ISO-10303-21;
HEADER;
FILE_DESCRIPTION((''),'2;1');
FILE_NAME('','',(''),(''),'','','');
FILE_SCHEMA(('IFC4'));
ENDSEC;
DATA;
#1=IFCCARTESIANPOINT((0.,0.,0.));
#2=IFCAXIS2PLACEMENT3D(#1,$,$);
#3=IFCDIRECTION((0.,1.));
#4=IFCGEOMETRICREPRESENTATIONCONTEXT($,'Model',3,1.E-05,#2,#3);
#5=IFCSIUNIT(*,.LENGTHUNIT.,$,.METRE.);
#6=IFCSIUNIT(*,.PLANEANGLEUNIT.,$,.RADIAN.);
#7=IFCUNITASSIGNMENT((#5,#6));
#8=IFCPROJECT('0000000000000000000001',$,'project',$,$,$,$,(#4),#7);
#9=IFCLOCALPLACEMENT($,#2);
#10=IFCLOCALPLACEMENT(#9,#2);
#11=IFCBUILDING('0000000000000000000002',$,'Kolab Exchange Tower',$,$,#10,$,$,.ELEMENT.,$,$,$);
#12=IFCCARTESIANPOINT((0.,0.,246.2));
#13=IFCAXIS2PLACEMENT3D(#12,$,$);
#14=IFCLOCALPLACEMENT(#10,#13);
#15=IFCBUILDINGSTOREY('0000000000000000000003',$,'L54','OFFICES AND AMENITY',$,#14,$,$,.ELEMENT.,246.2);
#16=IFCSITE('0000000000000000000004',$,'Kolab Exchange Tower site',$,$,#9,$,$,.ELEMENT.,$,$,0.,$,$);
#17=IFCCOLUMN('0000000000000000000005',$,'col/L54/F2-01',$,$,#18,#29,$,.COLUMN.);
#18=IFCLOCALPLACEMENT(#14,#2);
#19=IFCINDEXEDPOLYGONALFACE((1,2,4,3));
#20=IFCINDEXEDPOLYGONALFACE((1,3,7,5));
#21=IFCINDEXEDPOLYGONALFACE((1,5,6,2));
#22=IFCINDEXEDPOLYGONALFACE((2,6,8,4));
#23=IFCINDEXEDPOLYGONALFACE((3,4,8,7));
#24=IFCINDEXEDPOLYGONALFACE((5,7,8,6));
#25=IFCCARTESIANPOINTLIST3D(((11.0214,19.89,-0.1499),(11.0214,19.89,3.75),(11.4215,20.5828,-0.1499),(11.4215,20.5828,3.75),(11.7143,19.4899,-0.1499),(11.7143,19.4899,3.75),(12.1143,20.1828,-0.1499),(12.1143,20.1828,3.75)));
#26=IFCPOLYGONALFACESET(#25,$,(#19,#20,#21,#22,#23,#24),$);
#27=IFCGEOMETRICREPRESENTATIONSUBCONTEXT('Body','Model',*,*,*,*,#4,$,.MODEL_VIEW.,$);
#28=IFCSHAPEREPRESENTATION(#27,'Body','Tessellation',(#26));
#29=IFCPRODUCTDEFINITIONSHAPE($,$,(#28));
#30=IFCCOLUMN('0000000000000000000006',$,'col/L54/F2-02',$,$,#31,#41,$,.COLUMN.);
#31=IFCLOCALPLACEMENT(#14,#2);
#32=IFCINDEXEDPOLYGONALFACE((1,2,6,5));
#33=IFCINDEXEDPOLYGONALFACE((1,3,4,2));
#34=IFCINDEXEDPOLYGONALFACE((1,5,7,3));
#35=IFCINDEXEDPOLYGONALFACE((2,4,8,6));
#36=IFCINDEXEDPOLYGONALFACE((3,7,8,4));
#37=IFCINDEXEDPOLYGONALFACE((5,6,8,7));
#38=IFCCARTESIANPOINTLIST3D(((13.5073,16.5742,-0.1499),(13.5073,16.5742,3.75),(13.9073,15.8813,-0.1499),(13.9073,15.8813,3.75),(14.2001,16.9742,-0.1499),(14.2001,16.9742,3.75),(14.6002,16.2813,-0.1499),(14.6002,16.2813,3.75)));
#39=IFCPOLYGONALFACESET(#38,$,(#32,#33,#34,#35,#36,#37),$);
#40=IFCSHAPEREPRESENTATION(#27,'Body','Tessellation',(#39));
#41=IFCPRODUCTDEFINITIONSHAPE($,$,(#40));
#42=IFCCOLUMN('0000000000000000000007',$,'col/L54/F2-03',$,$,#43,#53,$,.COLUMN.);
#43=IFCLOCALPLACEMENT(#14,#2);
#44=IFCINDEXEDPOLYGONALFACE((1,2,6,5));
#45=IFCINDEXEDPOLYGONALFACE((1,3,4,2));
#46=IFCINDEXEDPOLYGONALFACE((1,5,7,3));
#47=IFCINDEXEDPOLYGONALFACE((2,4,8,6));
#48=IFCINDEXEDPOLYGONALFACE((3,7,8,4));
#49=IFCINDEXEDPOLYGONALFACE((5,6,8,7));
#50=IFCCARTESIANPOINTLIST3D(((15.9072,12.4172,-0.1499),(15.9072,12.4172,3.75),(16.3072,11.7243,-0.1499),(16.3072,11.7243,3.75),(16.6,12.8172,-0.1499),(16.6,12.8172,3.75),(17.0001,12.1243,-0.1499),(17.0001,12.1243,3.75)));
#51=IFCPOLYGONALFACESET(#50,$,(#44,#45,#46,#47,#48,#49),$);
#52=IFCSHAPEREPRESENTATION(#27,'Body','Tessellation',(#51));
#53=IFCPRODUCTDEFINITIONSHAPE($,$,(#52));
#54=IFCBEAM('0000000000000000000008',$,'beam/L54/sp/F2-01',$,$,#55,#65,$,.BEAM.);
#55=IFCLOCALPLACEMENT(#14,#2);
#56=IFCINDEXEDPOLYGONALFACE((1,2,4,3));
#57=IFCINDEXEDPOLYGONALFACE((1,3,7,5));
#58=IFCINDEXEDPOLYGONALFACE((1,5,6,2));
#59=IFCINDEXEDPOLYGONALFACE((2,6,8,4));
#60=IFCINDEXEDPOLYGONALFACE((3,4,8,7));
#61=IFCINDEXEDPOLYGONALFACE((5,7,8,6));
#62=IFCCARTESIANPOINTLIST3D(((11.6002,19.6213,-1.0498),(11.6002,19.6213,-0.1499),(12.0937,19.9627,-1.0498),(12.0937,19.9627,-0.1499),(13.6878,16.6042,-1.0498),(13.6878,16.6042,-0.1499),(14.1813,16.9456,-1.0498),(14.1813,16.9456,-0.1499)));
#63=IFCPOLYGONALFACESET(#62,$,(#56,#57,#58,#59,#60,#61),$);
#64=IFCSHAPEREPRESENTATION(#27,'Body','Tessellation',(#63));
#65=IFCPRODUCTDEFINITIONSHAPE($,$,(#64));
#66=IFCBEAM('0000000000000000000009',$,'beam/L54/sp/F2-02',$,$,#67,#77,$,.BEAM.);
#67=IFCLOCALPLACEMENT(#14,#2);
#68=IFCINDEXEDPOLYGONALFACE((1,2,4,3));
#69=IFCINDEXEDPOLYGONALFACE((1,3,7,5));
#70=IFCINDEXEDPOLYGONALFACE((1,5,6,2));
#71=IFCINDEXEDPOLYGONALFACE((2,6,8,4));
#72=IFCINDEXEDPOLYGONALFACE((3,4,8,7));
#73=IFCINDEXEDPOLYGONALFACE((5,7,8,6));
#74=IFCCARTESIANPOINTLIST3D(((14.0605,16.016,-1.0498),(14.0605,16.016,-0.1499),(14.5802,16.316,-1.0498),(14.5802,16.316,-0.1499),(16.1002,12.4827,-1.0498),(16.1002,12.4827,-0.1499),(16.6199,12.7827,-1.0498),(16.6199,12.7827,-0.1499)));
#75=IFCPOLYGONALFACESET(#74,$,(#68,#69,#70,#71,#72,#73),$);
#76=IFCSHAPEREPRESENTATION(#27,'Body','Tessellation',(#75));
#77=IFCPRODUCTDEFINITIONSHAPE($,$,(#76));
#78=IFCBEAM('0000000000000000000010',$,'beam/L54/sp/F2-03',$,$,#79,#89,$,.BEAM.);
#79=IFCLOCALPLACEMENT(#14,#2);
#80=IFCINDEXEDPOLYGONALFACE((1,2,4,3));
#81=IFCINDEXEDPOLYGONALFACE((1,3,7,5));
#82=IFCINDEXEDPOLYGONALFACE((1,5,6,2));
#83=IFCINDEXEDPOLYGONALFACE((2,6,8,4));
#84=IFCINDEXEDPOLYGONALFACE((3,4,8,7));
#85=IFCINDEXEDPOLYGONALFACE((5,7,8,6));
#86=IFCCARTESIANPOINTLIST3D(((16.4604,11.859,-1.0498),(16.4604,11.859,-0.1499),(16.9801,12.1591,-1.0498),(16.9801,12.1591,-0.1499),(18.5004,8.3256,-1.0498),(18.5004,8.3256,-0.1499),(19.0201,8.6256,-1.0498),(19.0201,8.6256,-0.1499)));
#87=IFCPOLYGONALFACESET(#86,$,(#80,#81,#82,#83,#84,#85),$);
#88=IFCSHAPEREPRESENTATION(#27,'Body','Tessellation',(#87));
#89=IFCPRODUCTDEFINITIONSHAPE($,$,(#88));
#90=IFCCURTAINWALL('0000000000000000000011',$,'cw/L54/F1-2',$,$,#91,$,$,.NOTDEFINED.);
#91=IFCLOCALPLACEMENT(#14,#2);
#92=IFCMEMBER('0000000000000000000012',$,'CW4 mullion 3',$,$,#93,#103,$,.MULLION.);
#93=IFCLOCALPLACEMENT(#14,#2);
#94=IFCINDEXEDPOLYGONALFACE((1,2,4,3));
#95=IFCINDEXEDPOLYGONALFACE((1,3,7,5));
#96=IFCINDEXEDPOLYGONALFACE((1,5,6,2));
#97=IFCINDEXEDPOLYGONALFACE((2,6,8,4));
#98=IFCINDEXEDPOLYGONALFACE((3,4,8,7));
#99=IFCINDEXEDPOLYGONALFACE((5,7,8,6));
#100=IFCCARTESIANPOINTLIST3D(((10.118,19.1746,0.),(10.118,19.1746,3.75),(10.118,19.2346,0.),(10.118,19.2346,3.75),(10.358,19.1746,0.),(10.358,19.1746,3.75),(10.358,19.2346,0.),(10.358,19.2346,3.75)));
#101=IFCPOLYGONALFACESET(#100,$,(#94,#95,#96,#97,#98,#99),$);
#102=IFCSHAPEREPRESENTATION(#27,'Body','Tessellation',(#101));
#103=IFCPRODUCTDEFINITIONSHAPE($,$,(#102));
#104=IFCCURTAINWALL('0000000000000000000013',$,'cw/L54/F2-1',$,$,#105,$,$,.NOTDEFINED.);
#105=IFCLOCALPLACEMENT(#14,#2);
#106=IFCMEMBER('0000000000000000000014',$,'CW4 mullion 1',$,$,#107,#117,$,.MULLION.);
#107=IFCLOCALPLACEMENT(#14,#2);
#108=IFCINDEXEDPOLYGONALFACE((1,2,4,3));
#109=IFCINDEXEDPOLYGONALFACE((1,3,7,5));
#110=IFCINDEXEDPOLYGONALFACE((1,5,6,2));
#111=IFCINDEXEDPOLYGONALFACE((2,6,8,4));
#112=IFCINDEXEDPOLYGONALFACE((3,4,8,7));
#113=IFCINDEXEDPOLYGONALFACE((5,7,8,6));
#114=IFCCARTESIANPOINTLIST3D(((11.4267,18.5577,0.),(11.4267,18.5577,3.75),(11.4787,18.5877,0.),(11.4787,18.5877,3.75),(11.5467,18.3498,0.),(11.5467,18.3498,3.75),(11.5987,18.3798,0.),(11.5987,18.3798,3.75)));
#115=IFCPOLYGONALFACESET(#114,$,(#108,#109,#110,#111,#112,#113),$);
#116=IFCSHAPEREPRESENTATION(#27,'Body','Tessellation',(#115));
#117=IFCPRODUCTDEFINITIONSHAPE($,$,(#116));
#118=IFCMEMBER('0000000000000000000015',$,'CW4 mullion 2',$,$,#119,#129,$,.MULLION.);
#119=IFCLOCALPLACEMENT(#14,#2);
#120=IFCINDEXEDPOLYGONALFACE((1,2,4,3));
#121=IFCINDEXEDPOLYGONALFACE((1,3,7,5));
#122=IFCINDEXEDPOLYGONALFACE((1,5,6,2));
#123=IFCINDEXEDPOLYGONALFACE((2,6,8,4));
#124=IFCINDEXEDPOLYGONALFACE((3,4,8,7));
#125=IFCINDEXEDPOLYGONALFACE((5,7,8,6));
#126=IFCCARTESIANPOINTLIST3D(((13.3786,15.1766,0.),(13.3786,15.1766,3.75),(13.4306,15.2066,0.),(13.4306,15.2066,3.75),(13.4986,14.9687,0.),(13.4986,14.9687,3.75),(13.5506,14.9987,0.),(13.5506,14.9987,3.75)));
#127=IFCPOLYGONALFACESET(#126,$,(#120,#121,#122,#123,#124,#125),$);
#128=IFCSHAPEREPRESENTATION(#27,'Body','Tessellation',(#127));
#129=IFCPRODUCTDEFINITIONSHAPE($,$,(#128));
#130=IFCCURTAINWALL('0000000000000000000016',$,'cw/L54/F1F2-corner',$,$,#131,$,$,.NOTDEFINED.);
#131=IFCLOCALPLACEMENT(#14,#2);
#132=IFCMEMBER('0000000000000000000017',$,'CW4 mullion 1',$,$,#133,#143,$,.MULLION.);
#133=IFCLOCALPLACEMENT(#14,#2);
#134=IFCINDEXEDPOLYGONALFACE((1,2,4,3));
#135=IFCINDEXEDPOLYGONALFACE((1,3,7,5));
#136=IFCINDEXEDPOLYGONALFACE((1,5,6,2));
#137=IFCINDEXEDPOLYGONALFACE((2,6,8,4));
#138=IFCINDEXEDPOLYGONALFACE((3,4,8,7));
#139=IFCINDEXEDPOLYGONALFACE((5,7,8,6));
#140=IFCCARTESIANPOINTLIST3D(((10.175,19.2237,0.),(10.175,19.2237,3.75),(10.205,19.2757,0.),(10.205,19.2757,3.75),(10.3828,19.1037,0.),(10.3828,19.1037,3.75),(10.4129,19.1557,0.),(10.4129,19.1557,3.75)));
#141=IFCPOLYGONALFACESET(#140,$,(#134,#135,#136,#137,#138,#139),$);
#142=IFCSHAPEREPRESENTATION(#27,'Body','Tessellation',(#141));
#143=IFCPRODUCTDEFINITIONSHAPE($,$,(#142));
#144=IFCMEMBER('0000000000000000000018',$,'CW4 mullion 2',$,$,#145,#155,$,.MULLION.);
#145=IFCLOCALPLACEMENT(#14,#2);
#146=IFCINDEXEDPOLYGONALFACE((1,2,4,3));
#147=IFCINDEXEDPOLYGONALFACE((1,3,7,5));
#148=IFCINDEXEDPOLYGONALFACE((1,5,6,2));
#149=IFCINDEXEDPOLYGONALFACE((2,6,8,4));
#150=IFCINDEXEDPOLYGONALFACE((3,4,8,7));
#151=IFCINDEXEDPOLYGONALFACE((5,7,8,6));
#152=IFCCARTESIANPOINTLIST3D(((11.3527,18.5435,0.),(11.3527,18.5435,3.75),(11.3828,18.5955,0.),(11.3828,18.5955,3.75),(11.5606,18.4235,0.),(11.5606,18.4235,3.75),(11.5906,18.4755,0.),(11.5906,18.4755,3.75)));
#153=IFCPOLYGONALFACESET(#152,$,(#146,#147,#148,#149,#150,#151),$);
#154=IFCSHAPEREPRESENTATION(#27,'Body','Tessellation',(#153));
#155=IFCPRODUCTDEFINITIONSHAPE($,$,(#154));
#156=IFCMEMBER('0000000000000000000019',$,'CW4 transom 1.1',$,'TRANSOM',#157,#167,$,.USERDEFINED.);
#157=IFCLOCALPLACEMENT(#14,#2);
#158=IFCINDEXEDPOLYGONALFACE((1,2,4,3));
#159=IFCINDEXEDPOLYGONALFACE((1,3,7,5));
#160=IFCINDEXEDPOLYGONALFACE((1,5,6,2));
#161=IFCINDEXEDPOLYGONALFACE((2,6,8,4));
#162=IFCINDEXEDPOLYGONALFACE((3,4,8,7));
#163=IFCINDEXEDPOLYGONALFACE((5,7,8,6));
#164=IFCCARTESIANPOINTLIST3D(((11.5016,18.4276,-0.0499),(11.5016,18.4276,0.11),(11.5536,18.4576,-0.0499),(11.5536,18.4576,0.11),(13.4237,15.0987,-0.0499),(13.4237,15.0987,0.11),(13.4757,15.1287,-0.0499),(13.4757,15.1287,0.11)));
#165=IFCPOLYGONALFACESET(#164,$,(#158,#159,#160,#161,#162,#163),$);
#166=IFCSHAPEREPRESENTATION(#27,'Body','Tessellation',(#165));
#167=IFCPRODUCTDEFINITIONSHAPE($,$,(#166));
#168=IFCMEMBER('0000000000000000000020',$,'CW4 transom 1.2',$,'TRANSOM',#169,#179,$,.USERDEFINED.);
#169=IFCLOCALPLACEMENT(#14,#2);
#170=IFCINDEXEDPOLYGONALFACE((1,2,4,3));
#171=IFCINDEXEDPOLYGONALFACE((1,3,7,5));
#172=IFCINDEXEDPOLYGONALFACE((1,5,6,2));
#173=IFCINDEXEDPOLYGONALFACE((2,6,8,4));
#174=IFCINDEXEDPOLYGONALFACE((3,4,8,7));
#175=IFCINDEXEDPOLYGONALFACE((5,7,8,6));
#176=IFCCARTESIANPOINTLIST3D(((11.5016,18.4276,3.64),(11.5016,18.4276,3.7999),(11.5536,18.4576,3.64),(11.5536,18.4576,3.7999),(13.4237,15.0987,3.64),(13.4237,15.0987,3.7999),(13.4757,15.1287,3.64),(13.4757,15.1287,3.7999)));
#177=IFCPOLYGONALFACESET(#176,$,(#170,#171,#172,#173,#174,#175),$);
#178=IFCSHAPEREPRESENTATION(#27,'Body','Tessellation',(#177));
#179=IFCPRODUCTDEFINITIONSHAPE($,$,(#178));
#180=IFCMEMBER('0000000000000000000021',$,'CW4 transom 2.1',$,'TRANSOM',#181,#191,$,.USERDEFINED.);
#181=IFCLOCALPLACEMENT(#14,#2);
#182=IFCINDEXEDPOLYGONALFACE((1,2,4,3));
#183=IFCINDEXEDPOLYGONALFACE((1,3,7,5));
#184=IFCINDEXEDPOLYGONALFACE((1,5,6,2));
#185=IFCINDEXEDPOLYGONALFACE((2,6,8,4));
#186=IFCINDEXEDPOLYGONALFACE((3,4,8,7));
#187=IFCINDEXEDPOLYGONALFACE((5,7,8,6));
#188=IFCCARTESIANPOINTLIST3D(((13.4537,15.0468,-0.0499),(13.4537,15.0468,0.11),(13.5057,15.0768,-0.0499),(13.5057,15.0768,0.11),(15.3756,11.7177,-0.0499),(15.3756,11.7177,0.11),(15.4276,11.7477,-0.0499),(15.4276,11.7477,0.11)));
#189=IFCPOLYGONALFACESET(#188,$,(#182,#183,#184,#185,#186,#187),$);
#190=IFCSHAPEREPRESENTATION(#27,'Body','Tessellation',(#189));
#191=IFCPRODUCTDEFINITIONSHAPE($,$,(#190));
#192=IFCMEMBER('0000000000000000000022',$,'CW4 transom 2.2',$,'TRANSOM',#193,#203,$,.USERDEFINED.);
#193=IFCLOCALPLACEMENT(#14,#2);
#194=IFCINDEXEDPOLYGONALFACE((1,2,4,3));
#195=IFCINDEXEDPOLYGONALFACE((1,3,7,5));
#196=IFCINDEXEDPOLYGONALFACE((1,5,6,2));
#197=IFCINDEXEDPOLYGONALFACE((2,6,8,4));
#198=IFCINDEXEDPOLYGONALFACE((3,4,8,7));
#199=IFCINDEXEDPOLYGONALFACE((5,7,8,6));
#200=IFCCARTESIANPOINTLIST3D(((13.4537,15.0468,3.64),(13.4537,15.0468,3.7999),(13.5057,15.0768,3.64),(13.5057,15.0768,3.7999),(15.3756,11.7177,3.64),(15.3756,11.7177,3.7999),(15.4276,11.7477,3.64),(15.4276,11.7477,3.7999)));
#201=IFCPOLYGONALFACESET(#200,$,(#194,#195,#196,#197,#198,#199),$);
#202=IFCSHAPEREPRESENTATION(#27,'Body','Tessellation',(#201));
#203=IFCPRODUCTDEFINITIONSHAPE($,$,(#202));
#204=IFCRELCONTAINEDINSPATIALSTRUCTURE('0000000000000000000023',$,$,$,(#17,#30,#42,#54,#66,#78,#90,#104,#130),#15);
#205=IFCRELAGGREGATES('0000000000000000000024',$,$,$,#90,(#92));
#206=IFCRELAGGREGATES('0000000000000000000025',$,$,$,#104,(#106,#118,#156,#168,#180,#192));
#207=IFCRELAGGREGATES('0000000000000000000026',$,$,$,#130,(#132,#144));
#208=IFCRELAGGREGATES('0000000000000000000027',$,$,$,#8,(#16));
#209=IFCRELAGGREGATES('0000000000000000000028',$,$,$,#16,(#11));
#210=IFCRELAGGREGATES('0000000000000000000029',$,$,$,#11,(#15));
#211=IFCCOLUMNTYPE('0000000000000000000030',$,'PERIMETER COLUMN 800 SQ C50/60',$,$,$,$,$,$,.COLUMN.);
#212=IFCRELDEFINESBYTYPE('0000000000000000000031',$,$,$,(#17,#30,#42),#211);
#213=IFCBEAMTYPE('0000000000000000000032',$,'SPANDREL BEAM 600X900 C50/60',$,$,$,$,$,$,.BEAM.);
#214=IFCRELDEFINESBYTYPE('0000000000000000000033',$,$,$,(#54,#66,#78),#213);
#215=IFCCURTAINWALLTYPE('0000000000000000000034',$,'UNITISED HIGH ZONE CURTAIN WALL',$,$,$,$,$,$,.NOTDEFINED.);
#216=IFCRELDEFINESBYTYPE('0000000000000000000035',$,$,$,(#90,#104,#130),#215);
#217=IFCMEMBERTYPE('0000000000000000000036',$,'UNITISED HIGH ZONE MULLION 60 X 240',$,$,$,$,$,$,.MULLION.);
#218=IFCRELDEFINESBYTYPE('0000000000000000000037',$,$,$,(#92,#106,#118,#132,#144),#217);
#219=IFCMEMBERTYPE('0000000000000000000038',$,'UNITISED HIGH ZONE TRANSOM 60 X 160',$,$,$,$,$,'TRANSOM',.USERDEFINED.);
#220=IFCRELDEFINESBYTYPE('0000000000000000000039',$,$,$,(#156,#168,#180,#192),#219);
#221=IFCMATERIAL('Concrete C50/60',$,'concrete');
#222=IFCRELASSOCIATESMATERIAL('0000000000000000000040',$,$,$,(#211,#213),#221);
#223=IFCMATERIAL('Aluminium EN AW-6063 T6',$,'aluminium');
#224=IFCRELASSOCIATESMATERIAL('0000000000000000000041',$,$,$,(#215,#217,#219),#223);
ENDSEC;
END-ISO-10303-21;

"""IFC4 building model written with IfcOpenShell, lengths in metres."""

from ifc_helpers import new_model, si_unit, direction, frame, origin, origin_2d, place, context, subcontext, project, spatial, rectangle, extrude, material, material_profile, profile_set, type_object, element, aggregate, save


model = new_model("IFC4")

# Units and contexts
model_context = context("Model", 3, precision=1e-05, world=origin(), true_north=direction((0.0, 1.0)))
body_context = subcontext(model_context, "Body", "Model", "MODEL_VIEW")
ifc_project = project(units=[si_unit("LENGTHUNIT", "METRE"), si_unit("PLANEANGLEUNIT", "RADIAN")], contexts=[model_context])

# Site, building, storey
site_placement = place(None, origin())
site = spatial("IfcSite", under=ifc_project, at=site_placement, Name="Kolab Exchange Tower site", CompositionType="ELEMENT", RefElevation=0.0)
building_placement = place(site_placement, origin())
building = spatial("IfcBuilding", under=site, at=building_placement, Name="Kolab Exchange Tower", CompositionType="ELEMENT")
storey_placement = place(building_placement, frame((0.0, 0.0, 246.2)))
storey = spatial("IfcBuildingStorey", under=building, at=storey_placement, Name="L54", Description="OFFICES AND AMENITY", CompositionType="ELEMENT", Elevation=246.2)

# Columns
ifc_material_1 = material(Name="Concrete C50/60", Category="concrete")
ifc_material_profile_1 = material_profile(ifc_material_1, rectangle(XDim=0.8, YDim=0.8, at=origin_2d()), Name="RC800")
ifc_profile_set_1 = profile_set([ifc_material_profile_1], Name="Concrete C50/60")
column_type = type_object("IfcColumnType", Name="PERIMETER COLUMN 800 SQ C50/60", PredefinedType="COLUMN", material=ifc_profile_set_1)
for number, where, z_axis, x_axis, name in (
    (1, (11.5679, 20.0364, -0.1499), (0.0, 0.0, 1.0), (0.5, 0.866025, 0.0), "col/L54/F2-01"),
    (2, (14.0537, 16.4277, -0.1499), (0.0, 0.0, 1.0), (0.866025, 0.5, 0.0), "col/L54/F2-02"),
    (3, (16.4536, 12.2708, -0.1499), (0.0, 0.0, 1.0), (0.866025, 0.5, 0.0), "col/L54/F2-03"),
):
    element("IfcColumn", number, at=place(storey_placement, frame(where, z_axis=z_axis, x_axis=x_axis)), inside=storey, type_object=column_type, Name=name, PredefinedType="COLUMN", context=body_context, shape_type="SweptSolid", body=[
        extrude(rectangle(XDim=0.8, YDim=0.8, at=origin_2d()), origin(), (0.0, 0.0, 1.0), 3.8999),
    ])

# Beams
ifc_material_profile_2 = material_profile(ifc_material_1, rectangle(XDim=0.6001, YDim=0.8999, at=origin_2d()), Name="RC600X900")
ifc_profile_set_2 = profile_set([ifc_material_profile_2], Name="Concrete C50/60")
beam_type = type_object("IfcBeamType", Name="SPANDREL BEAM 600X900 C50/60", PredefinedType="BEAM", material=ifc_profile_set_2)
beam_1_placement = place(storey_placement, frame((11.8469, 19.792, -0.5999), z_axis=(0.569006, -0.822334, 0.0), x_axis=(0.822334, 0.569006, 0.0)))
element("IfcBeam", 4, at=beam_1_placement, inside=storey, type_object=beam_type, Name="beam/L54/sp/F2-01", PredefinedType="BEAM", context=body_context, shape_type="SweptSolid", body=[
    extrude(rectangle(XDim=0.6001, YDim=0.8999, at=origin_2d()), origin(), (0.0, 0.0, 1.0), 3.6689),
])
beam_2_placement = place(storey_placement, frame((14.3203, 16.166, -0.5999), z_axis=(0.499956, -0.866051, 0.0), x_axis=(0.866051, 0.499956, 0.0)))
element("IfcBeam", 5, at=beam_2_placement, inside=storey, type_object=beam_type, Name="beam/L54/sp/F2-02", PredefinedType="BEAM", context=body_context, shape_type="SweptSolid", body=[
    extrude(rectangle(XDim=0.6001, YDim=0.8999, at=origin_2d()), origin(), (0.0, 0.0, 1.0), 4.0798),
])
beam_3_placement = place(storey_placement, frame((16.7202, 12.009, -0.5999), z_axis=(0.5, -0.866025, 0.0), x_axis=(0.866025, 0.5, 0.0)))
element("IfcBeam", 6, at=beam_3_placement, inside=storey, type_object=beam_type, Name="beam/L54/sp/F2-03", PredefinedType="BEAM", context=body_context, shape_type="SweptSolid", body=[
    extrude(rectangle(XDim=0.6001, YDim=0.8999, at=origin_2d()), origin(), (0.0, 0.0, 1.0), 4.0801),
])

# Curtain wall, member
ifc_material_2 = material(Name="Aluminium EN AW-6063 T6", Category="aluminium")
curtain_wall_type = type_object("IfcCurtainWallType", Name="UNITISED HIGH ZONE CURTAIN WALL", PredefinedType="NOTDEFINED", material=ifc_material_2)
curtain_wall_1_placement = place(storey_placement, origin())
curtain_wall_1 = element("IfcCurtainWall", 7, at=curtain_wall_1_placement, inside=storey, type_object=curtain_wall_type, Name="cw/L54/F1-2", PredefinedType="NOTDEFINED")
ifc_material_profile_3 = material_profile(ifc_material_2, rectangle(XDim=0.0601, YDim=0.24, at=origin_2d()), Name="RECT 60X240")
ifc_profile_set_3 = profile_set([ifc_material_profile_3], Name="Aluminium EN AW-6063 T6")
member_type_1 = type_object("IfcMemberType", Name="UNITISED HIGH ZONE MULLION 60 X 240", PredefinedType="MULLION", material=ifc_profile_set_3)
member_1_placement = place(storey_placement, frame((10.238, 19.2046, 0.0), z_axis=(0.0, 0.0, 1.0), x_axis=(0.0, 1.0, 0.0)))
member_1 = element("IfcMember", 8, at=member_1_placement, type_object=member_type_1, Name="CW4 mullion 3", PredefinedType="MULLION", context=body_context, shape_type="SweptSolid", body=[
    extrude(rectangle(XDim=0.0601, YDim=0.24, at=origin_2d()), origin(), (0.0, 0.0, 1.0), 3.75),
])
aggregate(curtain_wall_1, [member_1])

# Curtain walls, members
curtain_wall_2_placement = place(storey_placement, origin())
curtain_wall_2 = element("IfcCurtainWall", 9, at=curtain_wall_2_placement, inside=storey, type_object=curtain_wall_type, Name="cw/L54/F2-1", PredefinedType="NOTDEFINED")
member_2_placement = place(storey_placement, frame((11.5127, 18.4688, 0.0), z_axis=(0.0, 0.0, 1.0), x_axis=(0.866025, 0.5, 0.0)))
member_2 = element("IfcMember", 10, at=member_2_placement, type_object=member_type_1, Name="CW4 mullion 1", PredefinedType="MULLION", context=body_context, shape_type="SweptSolid", body=[
    extrude(rectangle(XDim=0.0601, YDim=0.24, at=origin_2d()), origin(), (0.0, 0.0, 1.0), 3.75),
])
member_3_placement = place(storey_placement, frame((13.4646, 15.0876, 0.0), z_axis=(0.0, 0.0, 1.0), x_axis=(0.866025, 0.5, 0.0)))
member_3 = element("IfcMember", 11, at=member_3_placement, type_object=member_type_1, Name="CW4 mullion 2", PredefinedType="MULLION", context=body_context, shape_type="SweptSolid", body=[
    extrude(rectangle(XDim=0.0601, YDim=0.24, at=origin_2d()), origin(), (0.0, 0.0, 1.0), 3.75),
])
curtain_wall_3_placement = place(storey_placement, origin())
curtain_wall_3 = element("IfcCurtainWall", 12, at=curtain_wall_3_placement, inside=storey, type_object=curtain_wall_type, Name="cw/L54/F1F2-corner", PredefinedType="NOTDEFINED")
member_4_placement = place(storey_placement, frame((10.2939, 19.1897, 0.0), z_axis=(0.0, 0.0, 1.0), x_axis=(0.5, 0.866025, 0.0)))
member_4 = element("IfcMember", 13, at=member_4_placement, type_object=member_type_1, Name="CW4 mullion 1", PredefinedType="MULLION", context=body_context, shape_type="SweptSolid", body=[
    extrude(rectangle(XDim=0.0601, YDim=0.24, at=origin_2d()), origin(), (0.0, 0.0, 1.0), 3.75),
])
member_5_placement = place(storey_placement, frame((11.4717, 18.5095, 0.0), z_axis=(0.0, 0.0, 1.0), x_axis=(0.5, 0.866025, 0.0)))
member_5 = element("IfcMember", 14, at=member_5_placement, type_object=member_type_1, Name="CW4 mullion 2", PredefinedType="MULLION", context=body_context, shape_type="SweptSolid", body=[
    extrude(rectangle(XDim=0.0601, YDim=0.24, at=origin_2d()), origin(), (0.0, 0.0, 1.0), 3.75),
])

# Members
ifc_material_profile_4 = material_profile(ifc_material_2, rectangle(XDim=0.0601, YDim=0.1599, at=origin_2d()), Name="RECT 60X160")
ifc_profile_set_4 = profile_set([ifc_material_profile_4], Name="Aluminium EN AW-6063 T6")
member_type_2 = type_object("IfcMemberType", Name="UNITISED HIGH ZONE TRANSOM 60 X 160", ElementType="TRANSOM", PredefinedType="USERDEFINED", material=ifc_profile_set_4)
member_6_placement = place(storey_placement, frame((11.5276, 18.4426, 0.03), z_axis=(0.500039, -0.866003, 0.0), x_axis=(0.866003, 0.500039, 0.0)))
member_6 = element("IfcMember", 15, at=member_6_placement, type_object=member_type_2, Name="CW4 transom 1.1", ObjectType="TRANSOM", PredefinedType="USERDEFINED", context=body_context, shape_type="SweptSolid", body=[
    extrude(rectangle(XDim=0.0601, YDim=0.1599, at=origin_2d()), origin(), (0.0, 0.0, 1.0), 3.844),
])
member_7_placement = place(storey_placement, frame((11.5276, 18.4426, 3.72), z_axis=(0.500039, -0.866003, 0.0), x_axis=(0.866003, 0.500039, 0.0)))
member_7 = element("IfcMember", 16, at=member_7_placement, type_object=member_type_2, Name="CW4 transom 1.2", ObjectType="TRANSOM", PredefinedType="USERDEFINED", context=body_context, shape_type="SweptSolid", body=[
    extrude(rectangle(XDim=0.0601, YDim=0.1599, at=origin_2d()), origin(), (0.0, 0.0, 1.0), 3.844),
])
member_8_placement = place(storey_placement, frame((13.4797, 15.0618, 0.03), z_axis=(0.499964, -0.866046, 0.0), x_axis=(0.866046, 0.499964, 0.0)))
member_8 = element("IfcMember", 17, at=member_8_placement, type_object=member_type_2, Name="CW4 transom 2.1", ObjectType="TRANSOM", PredefinedType="USERDEFINED", context=body_context, shape_type="SweptSolid", body=[
    extrude(rectangle(XDim=0.0601, YDim=0.1599, at=origin_2d()), origin(), (0.0, 0.0, 1.0), 3.844),
])
member_9_placement = place(storey_placement, frame((13.4797, 15.0618, 3.72), z_axis=(0.499964, -0.866046, 0.0), x_axis=(0.866046, 0.499964, 0.0)))
member_9 = element("IfcMember", 18, at=member_9_placement, type_object=member_type_2, Name="CW4 transom 2.2", ObjectType="TRANSOM", PredefinedType="USERDEFINED", context=body_context, shape_type="SweptSolid", body=[
    extrude(rectangle(XDim=0.0601, YDim=0.1599, at=origin_2d()), origin(), (0.0, 0.0, 1.0), 3.844),
])

aggregate(curtain_wall_2, [member_2, member_3, member_6, member_7, member_8, member_9])
aggregate(curtain_wall_3, [member_4, member_5])

save(model, "model.ifc")
